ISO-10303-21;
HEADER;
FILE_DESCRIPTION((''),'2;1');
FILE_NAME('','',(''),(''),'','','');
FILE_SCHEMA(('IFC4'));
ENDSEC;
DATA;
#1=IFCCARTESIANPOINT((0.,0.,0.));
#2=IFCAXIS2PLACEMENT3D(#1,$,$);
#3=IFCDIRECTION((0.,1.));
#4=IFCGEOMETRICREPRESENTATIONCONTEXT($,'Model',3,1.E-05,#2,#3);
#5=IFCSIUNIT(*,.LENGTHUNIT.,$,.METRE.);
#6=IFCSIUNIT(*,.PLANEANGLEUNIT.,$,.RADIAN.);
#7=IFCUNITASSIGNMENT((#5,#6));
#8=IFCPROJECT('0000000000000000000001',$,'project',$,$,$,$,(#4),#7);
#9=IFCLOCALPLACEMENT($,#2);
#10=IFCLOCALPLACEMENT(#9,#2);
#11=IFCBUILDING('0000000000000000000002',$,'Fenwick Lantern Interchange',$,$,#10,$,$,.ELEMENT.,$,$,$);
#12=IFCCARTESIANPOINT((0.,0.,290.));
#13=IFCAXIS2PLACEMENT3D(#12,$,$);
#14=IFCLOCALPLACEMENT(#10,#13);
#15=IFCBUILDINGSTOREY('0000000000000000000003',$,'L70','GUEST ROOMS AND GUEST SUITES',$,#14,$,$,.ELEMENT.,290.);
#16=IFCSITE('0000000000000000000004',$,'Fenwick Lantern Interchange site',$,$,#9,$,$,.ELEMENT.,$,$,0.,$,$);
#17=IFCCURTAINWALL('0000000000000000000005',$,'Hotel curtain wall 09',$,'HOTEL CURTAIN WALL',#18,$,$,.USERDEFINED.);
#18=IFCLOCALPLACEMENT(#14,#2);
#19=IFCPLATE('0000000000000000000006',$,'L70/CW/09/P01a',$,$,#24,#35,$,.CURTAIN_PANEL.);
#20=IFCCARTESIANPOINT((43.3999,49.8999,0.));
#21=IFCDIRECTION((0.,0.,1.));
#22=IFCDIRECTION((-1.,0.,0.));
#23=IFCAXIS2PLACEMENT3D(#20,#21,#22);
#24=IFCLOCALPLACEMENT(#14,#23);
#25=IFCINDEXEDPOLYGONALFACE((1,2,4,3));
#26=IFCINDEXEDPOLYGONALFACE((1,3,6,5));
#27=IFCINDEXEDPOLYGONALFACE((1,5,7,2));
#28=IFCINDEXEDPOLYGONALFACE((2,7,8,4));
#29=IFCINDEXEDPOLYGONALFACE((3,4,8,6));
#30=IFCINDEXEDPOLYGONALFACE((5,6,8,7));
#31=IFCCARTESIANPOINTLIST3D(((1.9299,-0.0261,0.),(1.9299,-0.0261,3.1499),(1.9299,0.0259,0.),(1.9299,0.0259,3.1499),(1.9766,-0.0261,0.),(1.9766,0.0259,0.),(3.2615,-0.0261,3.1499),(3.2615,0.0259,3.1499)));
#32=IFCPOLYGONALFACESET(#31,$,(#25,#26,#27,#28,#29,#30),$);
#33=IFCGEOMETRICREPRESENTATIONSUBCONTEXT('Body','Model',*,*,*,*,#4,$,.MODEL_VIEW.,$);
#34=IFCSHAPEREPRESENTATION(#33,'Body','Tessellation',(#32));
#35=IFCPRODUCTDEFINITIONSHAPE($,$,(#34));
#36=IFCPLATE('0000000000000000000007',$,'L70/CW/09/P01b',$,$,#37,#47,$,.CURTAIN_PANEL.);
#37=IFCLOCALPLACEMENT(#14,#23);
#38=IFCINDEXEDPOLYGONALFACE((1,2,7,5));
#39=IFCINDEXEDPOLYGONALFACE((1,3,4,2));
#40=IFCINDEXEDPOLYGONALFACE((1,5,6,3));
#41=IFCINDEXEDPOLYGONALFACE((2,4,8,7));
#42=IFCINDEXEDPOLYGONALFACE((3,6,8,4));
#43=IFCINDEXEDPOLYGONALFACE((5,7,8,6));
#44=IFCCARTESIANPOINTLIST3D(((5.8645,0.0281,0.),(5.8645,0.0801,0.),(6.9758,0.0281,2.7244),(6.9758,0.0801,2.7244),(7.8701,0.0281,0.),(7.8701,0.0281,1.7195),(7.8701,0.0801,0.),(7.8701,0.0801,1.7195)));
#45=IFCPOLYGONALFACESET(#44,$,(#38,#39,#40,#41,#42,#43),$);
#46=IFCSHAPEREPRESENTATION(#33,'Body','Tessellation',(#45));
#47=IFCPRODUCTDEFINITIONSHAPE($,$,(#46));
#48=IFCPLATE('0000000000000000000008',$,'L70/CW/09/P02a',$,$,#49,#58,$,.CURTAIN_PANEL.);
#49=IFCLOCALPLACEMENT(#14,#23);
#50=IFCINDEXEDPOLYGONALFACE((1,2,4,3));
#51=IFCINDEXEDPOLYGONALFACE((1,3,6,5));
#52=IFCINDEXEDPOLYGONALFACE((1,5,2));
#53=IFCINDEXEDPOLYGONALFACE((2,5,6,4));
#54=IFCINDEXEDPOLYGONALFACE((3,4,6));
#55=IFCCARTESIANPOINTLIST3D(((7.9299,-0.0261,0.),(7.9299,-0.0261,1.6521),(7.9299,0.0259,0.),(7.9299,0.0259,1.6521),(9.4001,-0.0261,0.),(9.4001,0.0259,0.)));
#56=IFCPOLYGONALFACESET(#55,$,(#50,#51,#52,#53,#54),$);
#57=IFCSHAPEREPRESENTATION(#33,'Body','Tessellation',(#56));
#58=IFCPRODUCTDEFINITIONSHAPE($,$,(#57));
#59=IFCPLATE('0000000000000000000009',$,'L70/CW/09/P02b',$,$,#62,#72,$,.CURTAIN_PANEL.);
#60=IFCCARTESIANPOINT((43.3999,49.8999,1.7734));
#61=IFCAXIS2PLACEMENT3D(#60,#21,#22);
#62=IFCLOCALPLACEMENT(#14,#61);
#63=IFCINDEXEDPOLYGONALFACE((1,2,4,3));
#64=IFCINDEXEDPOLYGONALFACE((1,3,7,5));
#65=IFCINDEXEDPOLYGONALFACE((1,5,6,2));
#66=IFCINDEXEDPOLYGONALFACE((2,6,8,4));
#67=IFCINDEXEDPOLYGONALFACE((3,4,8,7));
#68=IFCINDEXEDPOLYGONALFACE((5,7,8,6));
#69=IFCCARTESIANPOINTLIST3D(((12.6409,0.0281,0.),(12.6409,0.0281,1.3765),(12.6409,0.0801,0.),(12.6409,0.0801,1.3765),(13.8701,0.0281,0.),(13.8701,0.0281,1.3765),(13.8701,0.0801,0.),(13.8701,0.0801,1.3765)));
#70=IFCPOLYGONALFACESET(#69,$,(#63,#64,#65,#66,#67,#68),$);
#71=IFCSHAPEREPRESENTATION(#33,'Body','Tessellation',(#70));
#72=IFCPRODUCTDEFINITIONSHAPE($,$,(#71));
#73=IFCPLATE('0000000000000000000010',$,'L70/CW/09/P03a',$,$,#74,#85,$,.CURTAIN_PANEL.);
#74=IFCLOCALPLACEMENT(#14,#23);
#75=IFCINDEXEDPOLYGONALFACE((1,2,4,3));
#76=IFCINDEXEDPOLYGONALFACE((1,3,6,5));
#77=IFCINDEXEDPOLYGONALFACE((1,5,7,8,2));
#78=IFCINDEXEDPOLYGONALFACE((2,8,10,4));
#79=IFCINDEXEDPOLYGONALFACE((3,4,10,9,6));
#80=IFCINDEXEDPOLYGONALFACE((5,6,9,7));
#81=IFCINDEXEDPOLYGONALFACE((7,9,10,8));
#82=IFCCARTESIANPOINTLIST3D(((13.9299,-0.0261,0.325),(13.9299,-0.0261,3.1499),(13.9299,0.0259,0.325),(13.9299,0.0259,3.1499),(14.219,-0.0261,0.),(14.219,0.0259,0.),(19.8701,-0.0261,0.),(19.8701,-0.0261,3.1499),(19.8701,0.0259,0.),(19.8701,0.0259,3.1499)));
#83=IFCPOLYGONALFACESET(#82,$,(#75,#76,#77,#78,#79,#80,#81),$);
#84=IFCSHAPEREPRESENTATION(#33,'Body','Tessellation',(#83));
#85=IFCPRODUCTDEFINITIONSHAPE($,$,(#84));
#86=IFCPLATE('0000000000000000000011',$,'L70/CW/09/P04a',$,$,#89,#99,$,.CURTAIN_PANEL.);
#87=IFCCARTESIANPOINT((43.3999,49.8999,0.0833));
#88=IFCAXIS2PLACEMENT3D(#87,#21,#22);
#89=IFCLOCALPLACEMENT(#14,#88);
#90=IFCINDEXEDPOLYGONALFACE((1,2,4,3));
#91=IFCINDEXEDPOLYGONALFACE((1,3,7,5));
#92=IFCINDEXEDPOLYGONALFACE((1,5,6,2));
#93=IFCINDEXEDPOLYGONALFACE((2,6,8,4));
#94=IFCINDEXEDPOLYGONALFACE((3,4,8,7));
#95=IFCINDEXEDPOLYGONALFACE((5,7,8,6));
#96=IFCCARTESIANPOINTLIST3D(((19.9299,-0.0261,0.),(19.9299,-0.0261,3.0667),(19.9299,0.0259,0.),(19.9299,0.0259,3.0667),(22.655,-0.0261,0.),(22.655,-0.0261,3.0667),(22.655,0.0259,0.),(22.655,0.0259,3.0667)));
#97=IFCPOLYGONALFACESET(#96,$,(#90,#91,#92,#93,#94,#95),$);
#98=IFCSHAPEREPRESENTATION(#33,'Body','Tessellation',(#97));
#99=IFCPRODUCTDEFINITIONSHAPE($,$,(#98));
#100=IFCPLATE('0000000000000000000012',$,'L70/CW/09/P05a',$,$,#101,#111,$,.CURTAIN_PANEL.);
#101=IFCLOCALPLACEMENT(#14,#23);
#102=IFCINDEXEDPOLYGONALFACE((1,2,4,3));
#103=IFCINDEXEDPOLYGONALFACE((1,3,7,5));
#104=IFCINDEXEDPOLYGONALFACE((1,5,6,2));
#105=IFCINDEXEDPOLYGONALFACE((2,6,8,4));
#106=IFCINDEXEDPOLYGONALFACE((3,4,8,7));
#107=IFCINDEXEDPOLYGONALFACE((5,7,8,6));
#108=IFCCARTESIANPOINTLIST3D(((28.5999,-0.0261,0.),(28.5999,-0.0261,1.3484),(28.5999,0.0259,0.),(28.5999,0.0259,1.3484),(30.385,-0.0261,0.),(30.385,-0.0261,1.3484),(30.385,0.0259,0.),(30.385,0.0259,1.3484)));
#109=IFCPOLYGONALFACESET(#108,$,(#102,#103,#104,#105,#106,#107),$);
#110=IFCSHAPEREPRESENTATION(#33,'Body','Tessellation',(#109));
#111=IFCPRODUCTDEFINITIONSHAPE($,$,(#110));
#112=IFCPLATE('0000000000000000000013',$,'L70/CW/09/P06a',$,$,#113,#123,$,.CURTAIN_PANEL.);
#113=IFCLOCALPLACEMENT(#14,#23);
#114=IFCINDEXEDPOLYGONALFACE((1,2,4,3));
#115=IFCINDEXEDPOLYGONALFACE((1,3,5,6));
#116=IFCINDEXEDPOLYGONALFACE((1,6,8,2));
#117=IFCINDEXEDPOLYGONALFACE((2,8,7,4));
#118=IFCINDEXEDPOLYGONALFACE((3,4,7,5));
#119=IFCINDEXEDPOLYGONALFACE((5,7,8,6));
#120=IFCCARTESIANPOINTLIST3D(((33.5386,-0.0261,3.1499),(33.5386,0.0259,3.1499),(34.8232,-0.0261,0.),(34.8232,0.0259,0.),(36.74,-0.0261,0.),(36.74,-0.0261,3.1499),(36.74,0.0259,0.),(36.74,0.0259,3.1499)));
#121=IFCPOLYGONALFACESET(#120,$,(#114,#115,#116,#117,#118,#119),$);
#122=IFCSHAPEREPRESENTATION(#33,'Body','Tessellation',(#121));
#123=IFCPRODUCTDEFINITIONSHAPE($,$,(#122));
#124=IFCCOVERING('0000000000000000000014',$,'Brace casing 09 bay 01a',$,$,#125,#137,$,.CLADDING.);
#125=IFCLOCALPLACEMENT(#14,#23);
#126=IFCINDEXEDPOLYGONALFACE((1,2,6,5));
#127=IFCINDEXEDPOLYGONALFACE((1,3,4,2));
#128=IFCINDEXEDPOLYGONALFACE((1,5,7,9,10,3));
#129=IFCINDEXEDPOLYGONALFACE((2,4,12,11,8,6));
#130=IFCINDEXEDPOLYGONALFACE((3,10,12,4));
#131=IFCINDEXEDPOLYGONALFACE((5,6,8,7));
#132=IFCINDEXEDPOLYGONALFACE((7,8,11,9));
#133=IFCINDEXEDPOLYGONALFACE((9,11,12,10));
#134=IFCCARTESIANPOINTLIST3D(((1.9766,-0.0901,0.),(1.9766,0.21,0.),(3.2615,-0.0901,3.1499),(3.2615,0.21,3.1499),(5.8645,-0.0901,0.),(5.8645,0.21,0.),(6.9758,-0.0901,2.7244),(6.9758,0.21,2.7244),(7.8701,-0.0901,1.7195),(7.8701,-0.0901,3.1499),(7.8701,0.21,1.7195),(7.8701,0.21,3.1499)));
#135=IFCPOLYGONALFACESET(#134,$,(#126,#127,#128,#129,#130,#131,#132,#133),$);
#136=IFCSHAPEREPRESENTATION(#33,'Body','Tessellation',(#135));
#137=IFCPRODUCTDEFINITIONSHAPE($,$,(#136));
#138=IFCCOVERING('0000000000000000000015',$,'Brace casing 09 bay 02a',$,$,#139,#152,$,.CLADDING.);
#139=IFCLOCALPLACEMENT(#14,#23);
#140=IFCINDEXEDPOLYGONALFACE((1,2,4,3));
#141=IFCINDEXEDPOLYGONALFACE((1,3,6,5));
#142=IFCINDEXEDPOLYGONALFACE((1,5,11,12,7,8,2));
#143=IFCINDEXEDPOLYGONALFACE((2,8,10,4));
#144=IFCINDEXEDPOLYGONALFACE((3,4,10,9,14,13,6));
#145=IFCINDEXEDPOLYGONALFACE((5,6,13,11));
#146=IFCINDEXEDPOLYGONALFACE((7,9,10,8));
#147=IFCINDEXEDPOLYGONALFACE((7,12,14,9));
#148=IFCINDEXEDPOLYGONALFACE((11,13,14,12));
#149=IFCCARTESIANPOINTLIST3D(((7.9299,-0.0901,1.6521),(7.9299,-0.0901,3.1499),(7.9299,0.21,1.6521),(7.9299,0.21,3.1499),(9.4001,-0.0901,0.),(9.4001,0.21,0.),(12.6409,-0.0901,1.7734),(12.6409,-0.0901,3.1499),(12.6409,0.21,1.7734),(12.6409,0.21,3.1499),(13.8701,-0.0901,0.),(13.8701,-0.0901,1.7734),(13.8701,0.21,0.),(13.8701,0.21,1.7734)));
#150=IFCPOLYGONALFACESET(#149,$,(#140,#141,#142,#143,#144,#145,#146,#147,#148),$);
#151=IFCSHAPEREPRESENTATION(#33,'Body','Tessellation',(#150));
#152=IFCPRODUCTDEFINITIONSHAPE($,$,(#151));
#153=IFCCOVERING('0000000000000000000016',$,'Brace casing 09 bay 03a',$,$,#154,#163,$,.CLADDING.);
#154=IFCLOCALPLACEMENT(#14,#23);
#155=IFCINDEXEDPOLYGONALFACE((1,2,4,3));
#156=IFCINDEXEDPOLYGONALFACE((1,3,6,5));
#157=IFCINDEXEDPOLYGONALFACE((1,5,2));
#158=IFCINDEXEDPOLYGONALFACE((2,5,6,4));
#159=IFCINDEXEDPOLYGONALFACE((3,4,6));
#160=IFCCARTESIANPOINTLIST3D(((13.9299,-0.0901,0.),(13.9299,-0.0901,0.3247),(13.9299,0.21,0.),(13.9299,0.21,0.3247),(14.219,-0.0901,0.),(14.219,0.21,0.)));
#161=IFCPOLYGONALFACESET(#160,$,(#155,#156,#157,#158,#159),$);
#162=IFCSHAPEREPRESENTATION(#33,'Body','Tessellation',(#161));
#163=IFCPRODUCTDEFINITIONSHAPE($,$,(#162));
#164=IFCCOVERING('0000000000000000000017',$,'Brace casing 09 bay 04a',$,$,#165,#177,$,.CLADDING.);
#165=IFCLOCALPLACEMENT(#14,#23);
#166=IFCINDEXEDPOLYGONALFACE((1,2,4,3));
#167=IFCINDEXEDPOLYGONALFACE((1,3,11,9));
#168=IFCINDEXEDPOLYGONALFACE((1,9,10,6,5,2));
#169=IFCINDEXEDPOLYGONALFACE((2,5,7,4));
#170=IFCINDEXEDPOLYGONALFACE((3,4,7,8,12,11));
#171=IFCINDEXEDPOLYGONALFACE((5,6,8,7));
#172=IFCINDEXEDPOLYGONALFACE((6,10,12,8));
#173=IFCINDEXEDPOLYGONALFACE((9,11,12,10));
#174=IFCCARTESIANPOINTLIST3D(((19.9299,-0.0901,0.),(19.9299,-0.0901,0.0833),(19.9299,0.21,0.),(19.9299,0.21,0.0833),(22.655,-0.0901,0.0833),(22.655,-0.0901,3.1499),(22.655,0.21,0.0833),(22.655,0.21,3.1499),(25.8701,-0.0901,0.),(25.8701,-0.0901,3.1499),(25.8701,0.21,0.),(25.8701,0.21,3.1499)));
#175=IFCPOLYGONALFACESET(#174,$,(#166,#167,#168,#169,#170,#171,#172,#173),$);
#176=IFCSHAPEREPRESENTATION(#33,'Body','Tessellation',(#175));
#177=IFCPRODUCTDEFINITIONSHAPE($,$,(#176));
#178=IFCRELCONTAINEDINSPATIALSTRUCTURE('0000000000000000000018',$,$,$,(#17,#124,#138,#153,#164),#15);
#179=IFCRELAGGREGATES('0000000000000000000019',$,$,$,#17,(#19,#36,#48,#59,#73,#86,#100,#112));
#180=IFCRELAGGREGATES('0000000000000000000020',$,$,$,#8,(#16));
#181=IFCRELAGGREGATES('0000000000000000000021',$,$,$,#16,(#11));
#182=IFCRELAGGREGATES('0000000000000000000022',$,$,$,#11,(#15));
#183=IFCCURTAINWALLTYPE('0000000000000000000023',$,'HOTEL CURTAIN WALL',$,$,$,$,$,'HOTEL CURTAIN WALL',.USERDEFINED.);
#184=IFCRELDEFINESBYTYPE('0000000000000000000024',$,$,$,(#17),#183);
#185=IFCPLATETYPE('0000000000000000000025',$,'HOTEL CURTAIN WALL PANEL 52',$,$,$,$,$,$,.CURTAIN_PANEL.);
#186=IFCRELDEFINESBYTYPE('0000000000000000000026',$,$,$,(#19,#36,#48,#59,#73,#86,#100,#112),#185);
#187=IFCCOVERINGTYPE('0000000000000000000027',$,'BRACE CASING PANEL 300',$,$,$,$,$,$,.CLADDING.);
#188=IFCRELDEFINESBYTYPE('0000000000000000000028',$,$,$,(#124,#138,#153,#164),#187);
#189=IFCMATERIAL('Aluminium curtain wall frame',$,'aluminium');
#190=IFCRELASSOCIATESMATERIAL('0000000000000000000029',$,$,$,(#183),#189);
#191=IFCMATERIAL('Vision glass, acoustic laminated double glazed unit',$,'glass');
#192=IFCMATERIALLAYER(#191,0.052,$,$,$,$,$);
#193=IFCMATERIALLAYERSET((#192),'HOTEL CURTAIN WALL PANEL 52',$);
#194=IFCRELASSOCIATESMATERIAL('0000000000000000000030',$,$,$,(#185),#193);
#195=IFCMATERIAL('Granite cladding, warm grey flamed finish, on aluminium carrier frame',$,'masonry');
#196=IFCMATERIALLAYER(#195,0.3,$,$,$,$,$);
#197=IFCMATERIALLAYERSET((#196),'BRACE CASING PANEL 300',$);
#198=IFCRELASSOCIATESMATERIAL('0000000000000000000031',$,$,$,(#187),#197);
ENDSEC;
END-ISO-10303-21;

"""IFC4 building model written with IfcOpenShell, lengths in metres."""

from ifc_helpers import new_model, si_unit, direction, frame, origin, place, context, subcontext, project, spatial, polyline, outline, extrude, material, layer, layer_set, type_object, element, aggregate, save


model = new_model("IFC4")

# Units and contexts
model_context = context("Model", 3, precision=1e-05, world=origin(), true_north=direction((0.0, 1.0)))
body_context = subcontext(model_context, "Body", "Model", "MODEL_VIEW")
ifc_project = project(units=[si_unit("LENGTHUNIT", "METRE"), si_unit("PLANEANGLEUNIT", "RADIAN")], contexts=[model_context])

# Site, building, storey
site_placement = place(None, origin())
site = spatial("IfcSite", under=ifc_project, at=site_placement, Name="Fenwick Lantern Interchange site", CompositionType="ELEMENT", RefElevation=0.0)
building_placement = place(site_placement, origin())
building = spatial("IfcBuilding", under=site, at=building_placement, Name="Fenwick Lantern Interchange", CompositionType="ELEMENT")
storey_placement = place(building_placement, frame((0.0, 0.0, 290.0)))
storey = spatial("IfcBuildingStorey", under=building, at=storey_placement, Name="L70", Description="GUEST ROOMS AND GUEST SUITES", CompositionType="ELEMENT", Elevation=290.0)

# Curtain wall
ifc_material_1 = material(Name="Aluminium curtain wall frame", Category="aluminium")
curtain_wall_type = type_object("IfcCurtainWallType", Name="HOTEL CURTAIN WALL", ElementType="HOTEL CURTAIN WALL", PredefinedType="USERDEFINED", material=ifc_material_1)
curtain_wall_1_placement = place(storey_placement, origin())
curtain_wall_1 = element("IfcCurtainWall", 1, at=curtain_wall_1_placement, inside=storey, type_object=curtain_wall_type, Name="Hotel curtain wall 09", ObjectType="HOTEL CURTAIN WALL", PredefinedType="USERDEFINED")

# Plates
ifc_material_2 = material(Name="Vision glass, acoustic laminated double glazed unit", Category="glass")
ifc_layer_1 = layer(ifc_material_2, 0.052)
ifc_layer_set_1 = layer_set([ifc_layer_1], Name="HOTEL CURTAIN WALL PANEL 52")
plate_type = type_object("IfcPlateType", Name="HOTEL CURTAIN WALL PANEL 52", PredefinedType="CURTAIN_PANEL", material=ifc_layer_set_1)
plate_1_placement = place(storey_placement, frame((43.3999, 49.8999, 0.0), z_axis=(0.0, 0.0, 1.0), x_axis=(-1.0, 0.0, 0.0)))
plate_1 = element("IfcPlate", 2, at=plate_1_placement, type_object=plate_type, Name="L70/CW/09/P01a", PredefinedType="CURTAIN_PANEL", context=body_context, shape_type="SweptSolid", body=[
    extrude(outline(polyline([(1.9299, 0.0), (1.9766, 0.0), (3.2615, 3.1499), (1.9299, 3.1499), (1.9299, 0.0)])), frame((0.0, 0.0259, 0.0), z_axis=(0.0, -1.0, 0.0), x_axis=(1.0, 0.0, 0.0)), (0.0, 0.0, 1.0), 0.052),
])
plate_2_placement = place(storey_placement, frame((43.3999, 49.8999, 0.0), z_axis=(0.0, 0.0, 1.0), x_axis=(-1.0, 0.0, 0.0)))
plate_2 = element("IfcPlate", 3, at=plate_2_placement, type_object=plate_type, Name="L70/CW/09/P01b", PredefinedType="CURTAIN_PANEL", context=body_context, shape_type="SweptSolid", body=[
    extrude(outline(polyline([(5.8645, 0.0), (7.8701, 0.0), (7.8701, 1.7195), (6.9758, 2.7244), (5.8645, 0.0)])), frame((0.0, 0.0801, 0.0), z_axis=(0.0, -1.0, 0.0), x_axis=(1.0, 0.0, 0.0)), (0.0, 0.0, 1.0), 0.052),
])
plate_3_placement = place(storey_placement, frame((43.3999, 49.8999, 0.0), z_axis=(0.0, 0.0, 1.0), x_axis=(-1.0, 0.0, 0.0)))
plate_3 = element("IfcPlate", 4, at=plate_3_placement, type_object=plate_type, Name="L70/CW/09/P02a", PredefinedType="CURTAIN_PANEL", context=body_context, shape_type="SweptSolid", body=[
    extrude(outline(polyline([(7.9299, 0.0), (9.4001, 0.0), (7.9299, 1.6521), (7.9299, 0.0)])), frame((0.0, 0.0259, 0.0), z_axis=(0.0, -1.0, 0.0), x_axis=(1.0, 0.0, 0.0)), (0.0, 0.0, 1.0), 0.052),
])
plate_4_placement = place(storey_placement, frame((43.3999, 49.8999, 1.7734), z_axis=(0.0, 0.0, 1.0), x_axis=(-1.0, 0.0, 0.0)))
plate_4 = element("IfcPlate", 5, at=plate_4_placement, type_object=plate_type, Name="L70/CW/09/P02b", PredefinedType="CURTAIN_PANEL", context=body_context, shape_type="SweptSolid", body=[
    extrude(outline(polyline([(12.6409, 0.0), (13.8701, 0.0), (13.8701, 1.3765), (12.6409, 1.3765), (12.6409, 0.0)])), frame((0.0, 0.0801, 0.0), z_axis=(0.0, -1.0, 0.0), x_axis=(1.0, 0.0, 0.0)), (0.0, 0.0, 1.0), 0.052),
])
plate_5_placement = place(storey_placement, frame((43.3999, 49.8999, 0.0), z_axis=(0.0, 0.0, 1.0), x_axis=(-1.0, 0.0, 0.0)))
plate_5 = element("IfcPlate", 6, at=plate_5_placement, type_object=plate_type, Name="L70/CW/09/P03a", PredefinedType="CURTAIN_PANEL", context=body_context, shape_type="SweptSolid", body=[
    extrude(outline(polyline([(14.219, 0.0), (19.8701, 0.0), (19.8701, 3.1499), (13.9299, 3.1499), (13.9299, 0.325), (14.219, 0.0)])), frame((0.0, 0.0259, 0.0), z_axis=(0.0, -1.0, 0.0), x_axis=(1.0, 0.0, 0.0)), (0.0, 0.0, 1.0), 0.052),
])
plate_6_placement = place(storey_placement, frame((43.3999, 49.8999, 0.0833), z_axis=(0.0, 0.0, 1.0), x_axis=(-1.0, 0.0, 0.0)))
plate_6 = element("IfcPlate", 7, at=plate_6_placement, type_object=plate_type, Name="L70/CW/09/P04a", PredefinedType="CURTAIN_PANEL", context=body_context, shape_type="SweptSolid", body=[
    extrude(outline(polyline([(19.9299, 0.0), (22.655, 0.0), (22.655, 3.0667), (19.9299, 3.0667), (19.9299, 0.0)])), frame((0.0, 0.0259, 0.0), z_axis=(0.0, -1.0, 0.0), x_axis=(1.0, 0.0, 0.0)), (0.0, 0.0, 1.0), 0.052),
])
plate_7_placement = place(storey_placement, frame((43.3999, 49.8999, 0.0), z_axis=(0.0, 0.0, 1.0), x_axis=(-1.0, 0.0, 0.0)))
plate_7 = element("IfcPlate", 8, at=plate_7_placement, type_object=plate_type, Name="L70/CW/09/P05a", PredefinedType="CURTAIN_PANEL", context=body_context, shape_type="SweptSolid", body=[
    extrude(outline(polyline([(28.5999, 0.0), (30.385, 0.0), (30.385, 1.3484), (28.5999, 1.3484), (28.5999, 0.0)])), frame((0.0, 0.0259, 0.0), z_axis=(0.0, -1.0, 0.0), x_axis=(1.0, 0.0, 0.0)), (0.0, 0.0, 1.0), 0.052),
])
plate_8_placement = place(storey_placement, frame((43.3999, 49.8999, 0.0), z_axis=(0.0, 0.0, 1.0), x_axis=(-1.0, 0.0, 0.0)))
plate_8 = element("IfcPlate", 9, at=plate_8_placement, type_object=plate_type, Name="L70/CW/09/P06a", PredefinedType="CURTAIN_PANEL", context=body_context, shape_type="SweptSolid", body=[
    extrude(outline(polyline([(34.8232, 0.0), (36.74, 0.0), (36.74, 3.1499), (33.5386, 3.1499), (34.8232, 0.0)])), frame((0.0, 0.0259, 0.0), z_axis=(0.0, -1.0, 0.0), x_axis=(1.0, 0.0, 0.0)), (0.0, 0.0, 1.0), 0.052),
])
aggregate(curtain_wall_1, [plate_1, plate_2, plate_3, plate_4, plate_5, plate_6, plate_7, plate_8])

# Coverings
ifc_material_3 = material(Name="Granite cladding, warm grey flamed finish, on aluminium carrier frame", Category="masonry")
ifc_layer_2 = layer(ifc_material_3, 0.3)
ifc_layer_set_2 = layer_set([ifc_layer_2], Name="BRACE CASING PANEL 300")
covering_type = type_object("IfcCoveringType", Name="BRACE CASING PANEL 300", PredefinedType="CLADDING", material=ifc_layer_set_2)
covering_1_placement = place(storey_placement, frame((43.3999, 49.8999, 0.0), z_axis=(0.0, 0.0, 1.0), x_axis=(-1.0, 0.0, 0.0)))
element("IfcCovering", 10, at=covering_1_placement, inside=storey, type_object=covering_type, Name="Brace casing 09 bay 01a", PredefinedType="CLADDING", context=body_context, shape_type="SweptSolid", body=[
    extrude(outline(polyline([(1.9766, 0.0), (5.8645, 0.0), (6.9758, 2.7244), (7.8701, 1.7195), (7.8701, 3.1499), (3.2615, 3.1499), (1.9766, 0.0)])), frame((0.0, 0.21, 0.0), z_axis=(0.0, -1.0, 0.0), x_axis=(1.0, 0.0, 0.0)), (0.0, 0.0, 1.0), 0.3),
])
covering_2_placement = place(storey_placement, frame((43.3999, 49.8999, 0.0), z_axis=(0.0, 0.0, 1.0), x_axis=(-1.0, 0.0, 0.0)))
element("IfcCovering", 11, at=covering_2_placement, inside=storey, type_object=covering_type, Name="Brace casing 09 bay 02a", PredefinedType="CLADDING", context=body_context, shape_type="SweptSolid", body=[
    extrude(outline(polyline([(9.4001, 0.0), (13.8701, 0.0), (13.8701, 1.7734), (12.6409, 1.7734), (12.6409, 3.1499), (7.9299, 3.1499), (7.9299, 1.6521), (9.4001, 0.0)])), frame((0.0, 0.21, 0.0), z_axis=(0.0, -1.0, 0.0), x_axis=(1.0, 0.0, 0.0)), (0.0, 0.0, 1.0), 0.3),
])
covering_3_placement = place(storey_placement, frame((43.3999, 49.8999, 0.0), z_axis=(0.0, 0.0, 1.0), x_axis=(-1.0, 0.0, 0.0)))
element("IfcCovering", 12, at=covering_3_placement, inside=storey, type_object=covering_type, Name="Brace casing 09 bay 03a", PredefinedType="CLADDING", context=body_context, shape_type="SweptSolid", body=[
    extrude(outline(polyline([(13.9299, 0.0), (14.219, 0.0), (13.9299, 0.3247), (13.9299, 0.0)])), frame((0.0, 0.21, 0.0), z_axis=(0.0, -1.0, 0.0), x_axis=(1.0, 0.0, 0.0)), (0.0, 0.0, 1.0), 0.3),
])
covering_4_placement = place(storey_placement, frame((43.3999, 49.8999, 0.0), z_axis=(0.0, 0.0, 1.0), x_axis=(-1.0, 0.0, 0.0)))
element("IfcCovering", 13, at=covering_4_placement, inside=storey, type_object=covering_type, Name="Brace casing 09 bay 04a", PredefinedType="CLADDING", context=body_context, shape_type="SweptSolid", body=[
    extrude(outline(polyline([(19.9299, 0.0), (25.8701, 0.0), (25.8701, 3.1499), (22.655, 3.1499), (22.655, 0.0833), (19.9299, 0.0833), (19.9299, 0.0)])), frame((0.0, 0.21, 0.0), z_axis=(0.0, -1.0, 0.0), x_axis=(1.0, 0.0, 0.0)), (0.0, 0.0, 1.0), 0.3),
])

save(model, "model.ifc")
